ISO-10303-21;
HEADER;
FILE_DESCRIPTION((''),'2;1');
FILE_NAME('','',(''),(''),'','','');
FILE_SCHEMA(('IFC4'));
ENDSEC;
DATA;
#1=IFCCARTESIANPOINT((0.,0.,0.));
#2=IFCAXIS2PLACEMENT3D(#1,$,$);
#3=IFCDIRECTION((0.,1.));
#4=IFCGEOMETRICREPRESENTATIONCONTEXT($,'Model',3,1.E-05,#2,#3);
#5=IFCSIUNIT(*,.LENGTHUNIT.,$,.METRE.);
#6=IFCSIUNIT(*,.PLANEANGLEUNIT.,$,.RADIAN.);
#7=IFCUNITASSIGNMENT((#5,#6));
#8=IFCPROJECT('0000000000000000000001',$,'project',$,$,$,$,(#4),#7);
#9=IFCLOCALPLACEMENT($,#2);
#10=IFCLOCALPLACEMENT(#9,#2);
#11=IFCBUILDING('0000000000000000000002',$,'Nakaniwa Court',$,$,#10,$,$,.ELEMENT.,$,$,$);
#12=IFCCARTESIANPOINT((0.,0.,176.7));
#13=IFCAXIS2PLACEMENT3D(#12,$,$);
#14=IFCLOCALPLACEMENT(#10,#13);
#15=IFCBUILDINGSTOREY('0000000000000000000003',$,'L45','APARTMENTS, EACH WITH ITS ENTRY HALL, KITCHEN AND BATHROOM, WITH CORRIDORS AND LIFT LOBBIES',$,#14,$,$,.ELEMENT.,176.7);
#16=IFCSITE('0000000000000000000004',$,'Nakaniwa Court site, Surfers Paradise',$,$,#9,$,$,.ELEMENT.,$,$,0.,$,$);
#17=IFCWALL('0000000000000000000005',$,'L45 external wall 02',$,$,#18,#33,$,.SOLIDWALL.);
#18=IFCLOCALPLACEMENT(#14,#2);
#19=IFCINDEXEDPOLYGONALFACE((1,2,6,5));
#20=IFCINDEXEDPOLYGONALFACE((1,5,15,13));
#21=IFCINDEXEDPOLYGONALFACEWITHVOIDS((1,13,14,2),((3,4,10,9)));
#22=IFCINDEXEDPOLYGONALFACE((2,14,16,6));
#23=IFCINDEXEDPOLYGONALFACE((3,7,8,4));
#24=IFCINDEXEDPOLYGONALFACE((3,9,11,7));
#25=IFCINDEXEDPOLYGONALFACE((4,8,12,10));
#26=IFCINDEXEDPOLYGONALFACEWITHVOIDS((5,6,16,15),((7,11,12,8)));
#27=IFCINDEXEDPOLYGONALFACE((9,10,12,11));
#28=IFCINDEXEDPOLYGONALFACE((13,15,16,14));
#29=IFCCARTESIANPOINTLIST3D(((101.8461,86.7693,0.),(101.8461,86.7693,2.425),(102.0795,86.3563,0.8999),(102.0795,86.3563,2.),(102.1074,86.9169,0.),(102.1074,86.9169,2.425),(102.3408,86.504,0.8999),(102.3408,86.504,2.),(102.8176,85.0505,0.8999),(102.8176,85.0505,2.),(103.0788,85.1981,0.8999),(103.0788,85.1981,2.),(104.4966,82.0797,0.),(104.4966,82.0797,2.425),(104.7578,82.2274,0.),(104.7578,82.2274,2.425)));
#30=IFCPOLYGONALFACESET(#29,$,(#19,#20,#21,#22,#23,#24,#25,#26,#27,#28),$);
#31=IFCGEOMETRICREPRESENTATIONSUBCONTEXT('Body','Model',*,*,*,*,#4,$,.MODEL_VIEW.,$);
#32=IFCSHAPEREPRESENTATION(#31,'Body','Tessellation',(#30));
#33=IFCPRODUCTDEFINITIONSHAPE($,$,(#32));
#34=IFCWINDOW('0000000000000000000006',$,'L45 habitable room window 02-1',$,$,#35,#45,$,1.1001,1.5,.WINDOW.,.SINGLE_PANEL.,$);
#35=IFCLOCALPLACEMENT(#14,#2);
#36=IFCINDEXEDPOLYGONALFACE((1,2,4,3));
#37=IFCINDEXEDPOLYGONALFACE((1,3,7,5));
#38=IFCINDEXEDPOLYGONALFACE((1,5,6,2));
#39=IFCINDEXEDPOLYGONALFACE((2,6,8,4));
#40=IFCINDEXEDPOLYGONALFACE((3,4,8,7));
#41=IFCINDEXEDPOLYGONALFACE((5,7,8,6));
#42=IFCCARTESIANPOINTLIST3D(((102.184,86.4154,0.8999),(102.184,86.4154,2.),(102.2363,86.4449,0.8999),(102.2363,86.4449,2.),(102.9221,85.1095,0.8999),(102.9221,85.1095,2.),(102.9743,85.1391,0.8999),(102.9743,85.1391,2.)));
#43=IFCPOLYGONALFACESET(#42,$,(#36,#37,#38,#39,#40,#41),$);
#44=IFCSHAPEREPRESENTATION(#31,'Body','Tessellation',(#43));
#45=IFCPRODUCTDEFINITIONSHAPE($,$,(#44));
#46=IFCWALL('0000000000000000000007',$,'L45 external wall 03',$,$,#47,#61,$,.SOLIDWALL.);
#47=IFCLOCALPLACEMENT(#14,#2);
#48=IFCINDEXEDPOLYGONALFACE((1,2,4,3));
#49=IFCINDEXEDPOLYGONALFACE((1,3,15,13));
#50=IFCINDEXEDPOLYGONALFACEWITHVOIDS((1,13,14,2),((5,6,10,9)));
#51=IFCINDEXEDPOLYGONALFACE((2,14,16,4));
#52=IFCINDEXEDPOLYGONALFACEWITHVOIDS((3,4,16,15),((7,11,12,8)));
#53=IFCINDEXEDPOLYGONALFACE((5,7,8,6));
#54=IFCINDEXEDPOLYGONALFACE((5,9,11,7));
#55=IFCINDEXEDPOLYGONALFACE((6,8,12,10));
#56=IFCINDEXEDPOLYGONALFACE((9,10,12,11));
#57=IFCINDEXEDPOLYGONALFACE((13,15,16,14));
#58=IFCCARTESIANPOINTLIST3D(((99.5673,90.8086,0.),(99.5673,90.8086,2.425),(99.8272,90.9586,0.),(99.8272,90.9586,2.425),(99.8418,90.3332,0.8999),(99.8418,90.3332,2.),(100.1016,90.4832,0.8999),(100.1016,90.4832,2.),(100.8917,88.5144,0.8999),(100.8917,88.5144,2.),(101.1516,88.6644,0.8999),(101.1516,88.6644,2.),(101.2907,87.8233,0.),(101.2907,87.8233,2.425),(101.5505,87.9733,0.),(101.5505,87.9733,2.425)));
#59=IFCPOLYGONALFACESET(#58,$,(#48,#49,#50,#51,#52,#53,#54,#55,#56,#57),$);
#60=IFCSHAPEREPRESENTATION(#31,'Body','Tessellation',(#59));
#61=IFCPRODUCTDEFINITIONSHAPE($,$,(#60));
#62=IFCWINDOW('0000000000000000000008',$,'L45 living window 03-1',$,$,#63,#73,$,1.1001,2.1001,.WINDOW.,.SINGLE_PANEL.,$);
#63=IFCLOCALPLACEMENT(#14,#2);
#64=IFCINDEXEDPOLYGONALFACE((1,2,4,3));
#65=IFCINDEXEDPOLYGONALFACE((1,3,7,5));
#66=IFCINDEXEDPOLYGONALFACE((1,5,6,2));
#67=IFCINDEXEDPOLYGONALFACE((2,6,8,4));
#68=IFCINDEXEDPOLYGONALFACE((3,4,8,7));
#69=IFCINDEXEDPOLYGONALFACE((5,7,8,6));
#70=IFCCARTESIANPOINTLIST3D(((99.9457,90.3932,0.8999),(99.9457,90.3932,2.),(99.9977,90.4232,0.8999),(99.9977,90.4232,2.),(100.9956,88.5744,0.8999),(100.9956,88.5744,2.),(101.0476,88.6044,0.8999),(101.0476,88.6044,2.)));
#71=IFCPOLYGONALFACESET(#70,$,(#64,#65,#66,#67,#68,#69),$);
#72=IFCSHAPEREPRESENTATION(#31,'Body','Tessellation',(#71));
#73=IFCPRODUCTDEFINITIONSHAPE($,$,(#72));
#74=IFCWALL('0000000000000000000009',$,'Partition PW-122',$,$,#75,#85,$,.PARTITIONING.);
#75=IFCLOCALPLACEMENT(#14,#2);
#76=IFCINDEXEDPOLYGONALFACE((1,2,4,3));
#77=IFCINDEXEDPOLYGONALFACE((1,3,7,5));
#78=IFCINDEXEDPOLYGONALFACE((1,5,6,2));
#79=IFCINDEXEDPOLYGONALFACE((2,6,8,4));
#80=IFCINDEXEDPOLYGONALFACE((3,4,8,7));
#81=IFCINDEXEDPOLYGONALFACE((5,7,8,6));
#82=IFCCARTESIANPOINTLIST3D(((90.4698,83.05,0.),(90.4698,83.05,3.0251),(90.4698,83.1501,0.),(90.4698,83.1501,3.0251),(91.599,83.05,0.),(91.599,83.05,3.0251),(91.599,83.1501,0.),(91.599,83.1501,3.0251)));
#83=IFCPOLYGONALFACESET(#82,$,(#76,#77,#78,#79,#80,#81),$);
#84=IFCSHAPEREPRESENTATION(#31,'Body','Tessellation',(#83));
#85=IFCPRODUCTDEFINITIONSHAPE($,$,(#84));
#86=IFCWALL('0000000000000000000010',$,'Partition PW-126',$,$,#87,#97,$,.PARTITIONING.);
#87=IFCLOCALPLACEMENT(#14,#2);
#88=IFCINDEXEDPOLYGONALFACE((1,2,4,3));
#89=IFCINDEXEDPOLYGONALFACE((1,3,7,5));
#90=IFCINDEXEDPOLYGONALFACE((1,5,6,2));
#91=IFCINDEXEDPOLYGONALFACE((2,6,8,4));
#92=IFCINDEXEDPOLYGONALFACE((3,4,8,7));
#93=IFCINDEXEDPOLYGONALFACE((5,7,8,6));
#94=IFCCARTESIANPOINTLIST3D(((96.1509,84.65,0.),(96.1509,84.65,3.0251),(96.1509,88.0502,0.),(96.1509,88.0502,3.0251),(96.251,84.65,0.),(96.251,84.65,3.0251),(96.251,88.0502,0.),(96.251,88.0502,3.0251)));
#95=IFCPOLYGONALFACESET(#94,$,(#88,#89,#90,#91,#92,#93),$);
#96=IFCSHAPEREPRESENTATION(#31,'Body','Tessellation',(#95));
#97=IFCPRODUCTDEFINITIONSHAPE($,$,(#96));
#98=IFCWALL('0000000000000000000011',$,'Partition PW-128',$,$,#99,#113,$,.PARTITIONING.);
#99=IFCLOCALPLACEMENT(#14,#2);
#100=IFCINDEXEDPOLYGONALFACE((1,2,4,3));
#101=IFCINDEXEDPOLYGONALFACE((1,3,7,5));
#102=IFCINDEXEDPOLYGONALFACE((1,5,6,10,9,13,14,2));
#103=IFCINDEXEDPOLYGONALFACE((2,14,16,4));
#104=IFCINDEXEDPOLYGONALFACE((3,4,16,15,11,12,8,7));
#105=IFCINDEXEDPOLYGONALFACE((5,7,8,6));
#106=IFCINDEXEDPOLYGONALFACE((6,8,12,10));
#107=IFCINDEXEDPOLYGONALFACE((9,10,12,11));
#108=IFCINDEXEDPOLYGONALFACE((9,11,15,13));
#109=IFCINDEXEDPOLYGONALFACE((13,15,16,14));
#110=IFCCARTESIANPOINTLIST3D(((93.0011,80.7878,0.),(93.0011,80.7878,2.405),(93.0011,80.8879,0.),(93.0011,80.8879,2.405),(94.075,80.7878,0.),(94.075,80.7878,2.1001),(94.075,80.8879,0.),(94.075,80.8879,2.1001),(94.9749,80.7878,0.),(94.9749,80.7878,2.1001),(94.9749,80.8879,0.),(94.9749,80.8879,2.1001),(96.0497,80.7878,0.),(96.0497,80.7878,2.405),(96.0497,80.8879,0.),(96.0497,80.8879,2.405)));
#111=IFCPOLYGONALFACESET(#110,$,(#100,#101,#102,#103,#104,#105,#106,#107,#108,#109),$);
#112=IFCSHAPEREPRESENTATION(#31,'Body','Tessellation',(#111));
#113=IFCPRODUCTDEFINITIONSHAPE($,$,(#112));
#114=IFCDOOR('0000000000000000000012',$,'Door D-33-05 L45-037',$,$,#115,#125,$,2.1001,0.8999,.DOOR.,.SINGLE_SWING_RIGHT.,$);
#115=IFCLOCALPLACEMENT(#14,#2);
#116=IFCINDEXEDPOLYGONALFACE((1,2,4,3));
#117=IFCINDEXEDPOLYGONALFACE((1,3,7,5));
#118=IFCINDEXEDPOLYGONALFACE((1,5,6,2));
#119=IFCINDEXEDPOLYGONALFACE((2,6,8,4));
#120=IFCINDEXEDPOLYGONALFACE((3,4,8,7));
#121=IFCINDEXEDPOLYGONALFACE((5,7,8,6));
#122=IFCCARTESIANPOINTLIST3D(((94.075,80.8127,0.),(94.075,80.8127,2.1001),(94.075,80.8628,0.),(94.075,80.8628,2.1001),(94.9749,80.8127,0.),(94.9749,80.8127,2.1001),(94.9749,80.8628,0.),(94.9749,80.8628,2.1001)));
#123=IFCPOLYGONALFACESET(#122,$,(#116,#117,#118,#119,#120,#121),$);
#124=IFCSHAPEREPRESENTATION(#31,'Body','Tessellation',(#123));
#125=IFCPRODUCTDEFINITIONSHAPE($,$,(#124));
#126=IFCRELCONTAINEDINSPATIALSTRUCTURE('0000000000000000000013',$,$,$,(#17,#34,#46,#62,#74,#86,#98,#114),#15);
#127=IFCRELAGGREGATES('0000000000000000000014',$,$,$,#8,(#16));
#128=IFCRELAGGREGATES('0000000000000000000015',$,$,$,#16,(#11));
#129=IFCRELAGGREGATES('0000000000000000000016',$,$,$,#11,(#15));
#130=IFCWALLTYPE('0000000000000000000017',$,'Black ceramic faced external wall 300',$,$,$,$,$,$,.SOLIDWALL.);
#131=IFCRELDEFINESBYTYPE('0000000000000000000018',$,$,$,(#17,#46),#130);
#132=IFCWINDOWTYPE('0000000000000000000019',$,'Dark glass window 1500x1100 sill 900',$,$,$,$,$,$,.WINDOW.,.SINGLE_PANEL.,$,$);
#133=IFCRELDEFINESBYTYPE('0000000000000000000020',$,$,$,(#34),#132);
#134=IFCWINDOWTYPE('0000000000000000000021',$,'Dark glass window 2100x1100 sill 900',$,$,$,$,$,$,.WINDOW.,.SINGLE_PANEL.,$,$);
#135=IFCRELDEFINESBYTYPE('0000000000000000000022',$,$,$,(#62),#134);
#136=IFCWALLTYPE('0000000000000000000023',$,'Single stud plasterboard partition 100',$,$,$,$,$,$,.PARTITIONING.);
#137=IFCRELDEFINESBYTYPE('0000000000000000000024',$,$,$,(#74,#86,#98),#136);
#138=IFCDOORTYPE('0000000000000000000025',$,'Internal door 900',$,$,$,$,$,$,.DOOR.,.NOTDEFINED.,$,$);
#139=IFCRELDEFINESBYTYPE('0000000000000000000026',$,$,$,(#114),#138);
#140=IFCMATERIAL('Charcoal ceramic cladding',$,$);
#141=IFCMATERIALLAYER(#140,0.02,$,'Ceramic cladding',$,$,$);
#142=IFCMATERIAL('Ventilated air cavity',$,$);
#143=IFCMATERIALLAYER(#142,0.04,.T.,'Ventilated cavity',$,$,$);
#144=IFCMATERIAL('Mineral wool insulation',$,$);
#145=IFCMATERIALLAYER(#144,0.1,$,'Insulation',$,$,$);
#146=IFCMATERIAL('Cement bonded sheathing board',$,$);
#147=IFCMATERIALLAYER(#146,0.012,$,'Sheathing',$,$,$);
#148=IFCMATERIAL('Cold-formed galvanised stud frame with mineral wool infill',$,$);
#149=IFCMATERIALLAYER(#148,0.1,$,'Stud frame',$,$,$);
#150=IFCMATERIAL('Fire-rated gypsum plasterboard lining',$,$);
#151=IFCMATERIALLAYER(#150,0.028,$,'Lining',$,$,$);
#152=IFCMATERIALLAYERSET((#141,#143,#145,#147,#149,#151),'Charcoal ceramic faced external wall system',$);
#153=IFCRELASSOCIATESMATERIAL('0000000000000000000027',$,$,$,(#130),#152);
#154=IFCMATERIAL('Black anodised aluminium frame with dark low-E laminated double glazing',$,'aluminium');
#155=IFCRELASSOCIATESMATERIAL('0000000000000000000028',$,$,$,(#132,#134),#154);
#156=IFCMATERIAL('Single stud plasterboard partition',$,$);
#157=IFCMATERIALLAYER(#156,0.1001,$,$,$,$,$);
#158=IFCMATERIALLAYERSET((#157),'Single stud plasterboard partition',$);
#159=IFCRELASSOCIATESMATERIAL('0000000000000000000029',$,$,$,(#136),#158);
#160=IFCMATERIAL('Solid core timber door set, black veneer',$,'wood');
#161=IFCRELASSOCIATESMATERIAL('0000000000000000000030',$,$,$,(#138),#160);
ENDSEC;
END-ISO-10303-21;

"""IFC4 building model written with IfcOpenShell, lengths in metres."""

from ifc_helpers import new_model, si_unit, direction, frame, frame_2d, origin, place, context, subcontext, project, spatial, rectangle, extrude, material, layer, layer_set, type_object, element, fill, save


model = new_model("IFC4")

# Units and contexts
model_context = context("Model", 3, precision=1e-05, world=origin(), true_north=direction((0.0, 1.0)))
body_context = subcontext(model_context, "Body", "Model", "MODEL_VIEW")
ifc_project = project(units=[si_unit("LENGTHUNIT", "METRE"), si_unit("PLANEANGLEUNIT", "RADIAN")], contexts=[model_context])

# Site, building, storey
site_placement = place(None, origin())
site = spatial("IfcSite", under=ifc_project, at=site_placement, Name="Nakaniwa Court site, Surfers Paradise", CompositionType="ELEMENT", RefElevation=0.0)
building_placement = place(site_placement, origin())
building = spatial("IfcBuilding", under=site, at=building_placement, Name="Nakaniwa Court", CompositionType="ELEMENT")
storey_placement = place(building_placement, frame((0.0, 0.0, 176.7)))
storey = spatial("IfcBuildingStorey", under=building, at=storey_placement, Name="L45", Description="APARTMENTS, EACH WITH ITS ENTRY HALL, KITCHEN AND BATHROOM, WITH CORRIDORS AND LIFT LOBBIES", CompositionType="ELEMENT", Elevation=176.7)

# Shared definitions
ifc_material_1 = material(Name="Solid core timber door set, black veneer", Category="wood")

# Shared definitions
ifc_material_2 = material(Name="Charcoal ceramic cladding")
ifc_layer_1 = layer(ifc_material_2, 0.02, Name="Ceramic cladding")
ifc_material_3 = material(Name="Ventilated air cavity")
ifc_layer_2 = layer(ifc_material_3, 0.04, ventilated=True, Name="Ventilated cavity")
ifc_material_4 = material(Name="Mineral wool insulation")
ifc_layer_3 = layer(ifc_material_4, 0.1, Name="Insulation")
ifc_material_5 = material(Name="Cement bonded sheathing board")
ifc_layer_4 = layer(ifc_material_5, 0.012, Name="Sheathing")
ifc_material_6 = material(Name="Cold-formed galvanised stud frame with mineral wool infill")
ifc_layer_5 = layer(ifc_material_6, 0.1, Name="Stud frame")
ifc_material_7 = material(Name="Fire-rated gypsum plasterboard lining")
ifc_layer_6 = layer(ifc_material_7, 0.028, Name="Lining")
ifc_layer_set_1 = layer_set([ifc_layer_1, ifc_layer_2, ifc_layer_3, ifc_layer_4, ifc_layer_5, ifc_layer_6], Name="Charcoal ceramic faced external wall system")
wall_type_1 = type_object("IfcWallType", Name="Black ceramic faced external wall 300", PredefinedType="SOLIDWALL", material=ifc_layer_set_1)

# Walls, openings, windows
wall_1_placement = place(storey_placement, frame((104.6272, 82.1536, 0.0), z_axis=(0.0, 0.0, 1.0), x_axis=(-0.492033, 0.870576, 0.0)))
wall_1 = element("IfcWall", 1, at=wall_1_placement, inside=storey, type_object=wall_type_1, Name="L45 external wall 02", PredefinedType="SOLIDWALL", context=body_context, shape_type="SweptSolid", body=[
    extrude(rectangle(XDim=5.3867, YDim=0.3, at=frame_2d((2.6934, 0.0))), origin(), (0.0, 0.0, 1.0), 2.425),
])
opening_1_placement = place(wall_1_placement, frame((3.4124, 0.0, 0.8999)))
opening_1 = element("IfcOpeningElement", 2, at=opening_1_placement, cuts=wall_1, PredefinedType="OPENING", context=body_context, shape_type="SweptSolid", body=[
    extrude(rectangle(XDim=1.5, YDim=1.1001, at=frame_2d((0.75, 0.55))), frame((0.0, 0.1599, 0.0), z_axis=(0.0, -1.0, 0.0), x_axis=(1.0, 0.0, 0.0)), (0.0, 0.0, 1.0), 0.3201),
])
ifc_material_8 = material(Name="Black anodised aluminium frame with dark low-E laminated double glazing", Category="aluminium")
window_type_1 = type_object("IfcWindowType", Name="Dark glass window 1500x1100 sill 900", PartitioningType="SINGLE_PANEL", PredefinedType="WINDOW", material=ifc_material_8)
window_1_placement = place(opening_1_placement, origin())
window_1 = element("IfcWindow", 3, at=window_1_placement, inside=storey, type_object=window_type_1, Name="L45 habitable room window 02-1", OverallHeight=1.1001, OverallWidth=1.5, PartitioningType="SINGLE_PANEL", PredefinedType="WINDOW", context=body_context, shape_type="SweptSolid", body=[
    extrude(rectangle(XDim=1.5, YDim=1.1001, at=frame_2d((0.75, 0.55))), frame((0.0, 0.03, 0.0), z_axis=(0.0, -1.0, 0.0), x_axis=(1.0, 0.0, 0.0)), (0.0, 0.0, 1.0), 0.0601),
])
fill(opening_1, window_1)
wall_2_placement = place(storey_placement, frame((101.4207, 87.8982, 0.0), z_axis=(0.0, 0.0, 1.0), x_axis=(-0.499955, 0.866051, 0.0)))
wall_2 = element("IfcWall", 4, at=wall_2_placement, inside=storey, type_object=wall_type_1, Name="L45 external wall 03", PredefinedType="SOLIDWALL", context=body_context, shape_type="SweptSolid", body=[
    extrude(rectangle(XDim=3.447, YDim=0.3, at=frame_2d((1.7236, 0.0))), origin(), (0.0, 0.0, 1.0), 2.425),
])
opening_2_placement = place(wall_2_placement, frame((0.7981, 0.0, 0.8999)))
opening_2 = element("IfcOpeningElement", 5, at=opening_2_placement, cuts=wall_2, PredefinedType="OPENING", context=body_context, shape_type="SweptSolid", body=[
    extrude(rectangle(XDim=2.1001, YDim=1.1001, at=frame_2d((1.05, 0.55))), frame((0.0, 0.1599, 0.0), z_axis=(0.0, -1.0, 0.0), x_axis=(1.0, 0.0, 0.0)), (0.0, 0.0, 1.0), 0.3201),
])
window_type_2 = type_object("IfcWindowType", Name="Dark glass window 2100x1100 sill 900", PartitioningType="SINGLE_PANEL", PredefinedType="WINDOW", material=ifc_material_8)
window_2_placement = place(opening_2_placement, origin())
window_2 = element("IfcWindow", 6, at=window_2_placement, inside=storey, type_object=window_type_2, Name="L45 living window 03-1", OverallHeight=1.1001, OverallWidth=2.1001, PartitioningType="SINGLE_PANEL", PredefinedType="WINDOW", context=body_context, shape_type="SweptSolid", body=[
    extrude(rectangle(XDim=2.1001, YDim=1.1001, at=frame_2d((1.05, 0.55))), frame((0.0, 0.03, 0.0), z_axis=(0.0, -1.0, 0.0), x_axis=(1.0, 0.0, 0.0)), (0.0, 0.0, 1.0), 0.0601),
])
fill(opening_2, window_2)

# Walls
ifc_material_9 = material(Name="Single stud plasterboard partition")
ifc_layer_7 = layer(ifc_material_9, 0.1001)
ifc_layer_set_2 = layer_set([ifc_layer_7], Name="Single stud plasterboard partition")
wall_type_2 = type_object("IfcWallType", Name="Single stud plasterboard partition 100", PredefinedType="PARTITIONING", material=ifc_layer_set_2)
wall_3_placement = place(storey_placement, frame((90.47, 83.1001, 0.0), z_axis=(0.0, 0.0, 1.0), x_axis=(1.0, 0.0, 0.0)))
element("IfcWall", 7, at=wall_3_placement, inside=storey, type_object=wall_type_2, Name="Partition PW-122", PredefinedType="PARTITIONING", context=body_context, shape_type="SweptSolid", body=[
    extrude(rectangle(XDim=1.1292, YDim=0.1001, at=frame_2d((0.5645, 0.0))), origin(), (0.0, 0.0, 1.0), 3.0251),
])
wall_4_placement = place(storey_placement, frame((96.2009, 84.6499, 0.0), z_axis=(0.0, 0.0, 1.0), x_axis=(0.0, 1.0, 0.0)))
element("IfcWall", 8, at=wall_4_placement, inside=storey, type_object=wall_type_2, Name="Partition PW-126", PredefinedType="PARTITIONING", context=body_context, shape_type="SweptSolid", body=[
    extrude(rectangle(XDim=3.4001, YDim=0.1001, at=frame_2d((1.7002, 0.0))), origin(), (0.0, 0.0, 1.0), 3.0251),
])

# Wall, opening, door
wall_5_placement = place(storey_placement, frame((93.001, 80.8379, 0.0), z_axis=(0.0, 0.0, 1.0), x_axis=(1.0, 0.0, 0.0)))
wall_5 = element("IfcWall", 9, at=wall_5_placement, inside=storey, type_object=wall_type_2, Name="Partition PW-128", PredefinedType="PARTITIONING", context=body_context, shape_type="SweptSolid", body=[
    extrude(rectangle(XDim=3.0486, YDim=0.1001, at=frame_2d((1.5244, 0.0))), origin(), (0.0, 0.0, 1.0), 2.405),
])
opening_3_placement = place(wall_5_placement, frame((1.074, 0.0, 0.0)))
opening_3 = element("IfcOpeningElement", 10, at=opening_3_placement, cuts=wall_5, PredefinedType="OPENING", context=body_context, shape_type="SweptSolid", body=[
    extrude(rectangle(XDim=0.8999, YDim=2.1001, at=frame_2d((0.45, 1.05))), frame((0.0, 0.0601, 0.0), z_axis=(0.0, -1.0, 0.0), x_axis=(1.0, 0.0, 0.0)), (0.0, 0.0, 1.0), 0.1201),
])
door_type_1 = type_object("IfcDoorType", Name="Internal door 900", OperationType="NOTDEFINED", PredefinedType="DOOR", material=ifc_material_1)
door_1_placement = place(opening_3_placement, origin())
door_1 = element("IfcDoor", 11, at=door_1_placement, inside=storey, type_object=door_type_1, Name="Door D-33-05 L45-037", OperationType="SINGLE_SWING_RIGHT", OverallHeight=2.1001, OverallWidth=0.8999, PredefinedType="DOOR", context=body_context, shape_type="SweptSolid", body=[
    extrude(rectangle(XDim=0.8999, YDim=2.1001, at=frame_2d((0.45, 1.05))), frame((0.0, 0.0249, 0.0), z_axis=(0.0, -1.0, 0.0), x_axis=(1.0, 0.0, 0.0)), (0.0, 0.0, 1.0), 0.05),
])
fill(opening_3, door_1)

save(model, "model.ifc")
